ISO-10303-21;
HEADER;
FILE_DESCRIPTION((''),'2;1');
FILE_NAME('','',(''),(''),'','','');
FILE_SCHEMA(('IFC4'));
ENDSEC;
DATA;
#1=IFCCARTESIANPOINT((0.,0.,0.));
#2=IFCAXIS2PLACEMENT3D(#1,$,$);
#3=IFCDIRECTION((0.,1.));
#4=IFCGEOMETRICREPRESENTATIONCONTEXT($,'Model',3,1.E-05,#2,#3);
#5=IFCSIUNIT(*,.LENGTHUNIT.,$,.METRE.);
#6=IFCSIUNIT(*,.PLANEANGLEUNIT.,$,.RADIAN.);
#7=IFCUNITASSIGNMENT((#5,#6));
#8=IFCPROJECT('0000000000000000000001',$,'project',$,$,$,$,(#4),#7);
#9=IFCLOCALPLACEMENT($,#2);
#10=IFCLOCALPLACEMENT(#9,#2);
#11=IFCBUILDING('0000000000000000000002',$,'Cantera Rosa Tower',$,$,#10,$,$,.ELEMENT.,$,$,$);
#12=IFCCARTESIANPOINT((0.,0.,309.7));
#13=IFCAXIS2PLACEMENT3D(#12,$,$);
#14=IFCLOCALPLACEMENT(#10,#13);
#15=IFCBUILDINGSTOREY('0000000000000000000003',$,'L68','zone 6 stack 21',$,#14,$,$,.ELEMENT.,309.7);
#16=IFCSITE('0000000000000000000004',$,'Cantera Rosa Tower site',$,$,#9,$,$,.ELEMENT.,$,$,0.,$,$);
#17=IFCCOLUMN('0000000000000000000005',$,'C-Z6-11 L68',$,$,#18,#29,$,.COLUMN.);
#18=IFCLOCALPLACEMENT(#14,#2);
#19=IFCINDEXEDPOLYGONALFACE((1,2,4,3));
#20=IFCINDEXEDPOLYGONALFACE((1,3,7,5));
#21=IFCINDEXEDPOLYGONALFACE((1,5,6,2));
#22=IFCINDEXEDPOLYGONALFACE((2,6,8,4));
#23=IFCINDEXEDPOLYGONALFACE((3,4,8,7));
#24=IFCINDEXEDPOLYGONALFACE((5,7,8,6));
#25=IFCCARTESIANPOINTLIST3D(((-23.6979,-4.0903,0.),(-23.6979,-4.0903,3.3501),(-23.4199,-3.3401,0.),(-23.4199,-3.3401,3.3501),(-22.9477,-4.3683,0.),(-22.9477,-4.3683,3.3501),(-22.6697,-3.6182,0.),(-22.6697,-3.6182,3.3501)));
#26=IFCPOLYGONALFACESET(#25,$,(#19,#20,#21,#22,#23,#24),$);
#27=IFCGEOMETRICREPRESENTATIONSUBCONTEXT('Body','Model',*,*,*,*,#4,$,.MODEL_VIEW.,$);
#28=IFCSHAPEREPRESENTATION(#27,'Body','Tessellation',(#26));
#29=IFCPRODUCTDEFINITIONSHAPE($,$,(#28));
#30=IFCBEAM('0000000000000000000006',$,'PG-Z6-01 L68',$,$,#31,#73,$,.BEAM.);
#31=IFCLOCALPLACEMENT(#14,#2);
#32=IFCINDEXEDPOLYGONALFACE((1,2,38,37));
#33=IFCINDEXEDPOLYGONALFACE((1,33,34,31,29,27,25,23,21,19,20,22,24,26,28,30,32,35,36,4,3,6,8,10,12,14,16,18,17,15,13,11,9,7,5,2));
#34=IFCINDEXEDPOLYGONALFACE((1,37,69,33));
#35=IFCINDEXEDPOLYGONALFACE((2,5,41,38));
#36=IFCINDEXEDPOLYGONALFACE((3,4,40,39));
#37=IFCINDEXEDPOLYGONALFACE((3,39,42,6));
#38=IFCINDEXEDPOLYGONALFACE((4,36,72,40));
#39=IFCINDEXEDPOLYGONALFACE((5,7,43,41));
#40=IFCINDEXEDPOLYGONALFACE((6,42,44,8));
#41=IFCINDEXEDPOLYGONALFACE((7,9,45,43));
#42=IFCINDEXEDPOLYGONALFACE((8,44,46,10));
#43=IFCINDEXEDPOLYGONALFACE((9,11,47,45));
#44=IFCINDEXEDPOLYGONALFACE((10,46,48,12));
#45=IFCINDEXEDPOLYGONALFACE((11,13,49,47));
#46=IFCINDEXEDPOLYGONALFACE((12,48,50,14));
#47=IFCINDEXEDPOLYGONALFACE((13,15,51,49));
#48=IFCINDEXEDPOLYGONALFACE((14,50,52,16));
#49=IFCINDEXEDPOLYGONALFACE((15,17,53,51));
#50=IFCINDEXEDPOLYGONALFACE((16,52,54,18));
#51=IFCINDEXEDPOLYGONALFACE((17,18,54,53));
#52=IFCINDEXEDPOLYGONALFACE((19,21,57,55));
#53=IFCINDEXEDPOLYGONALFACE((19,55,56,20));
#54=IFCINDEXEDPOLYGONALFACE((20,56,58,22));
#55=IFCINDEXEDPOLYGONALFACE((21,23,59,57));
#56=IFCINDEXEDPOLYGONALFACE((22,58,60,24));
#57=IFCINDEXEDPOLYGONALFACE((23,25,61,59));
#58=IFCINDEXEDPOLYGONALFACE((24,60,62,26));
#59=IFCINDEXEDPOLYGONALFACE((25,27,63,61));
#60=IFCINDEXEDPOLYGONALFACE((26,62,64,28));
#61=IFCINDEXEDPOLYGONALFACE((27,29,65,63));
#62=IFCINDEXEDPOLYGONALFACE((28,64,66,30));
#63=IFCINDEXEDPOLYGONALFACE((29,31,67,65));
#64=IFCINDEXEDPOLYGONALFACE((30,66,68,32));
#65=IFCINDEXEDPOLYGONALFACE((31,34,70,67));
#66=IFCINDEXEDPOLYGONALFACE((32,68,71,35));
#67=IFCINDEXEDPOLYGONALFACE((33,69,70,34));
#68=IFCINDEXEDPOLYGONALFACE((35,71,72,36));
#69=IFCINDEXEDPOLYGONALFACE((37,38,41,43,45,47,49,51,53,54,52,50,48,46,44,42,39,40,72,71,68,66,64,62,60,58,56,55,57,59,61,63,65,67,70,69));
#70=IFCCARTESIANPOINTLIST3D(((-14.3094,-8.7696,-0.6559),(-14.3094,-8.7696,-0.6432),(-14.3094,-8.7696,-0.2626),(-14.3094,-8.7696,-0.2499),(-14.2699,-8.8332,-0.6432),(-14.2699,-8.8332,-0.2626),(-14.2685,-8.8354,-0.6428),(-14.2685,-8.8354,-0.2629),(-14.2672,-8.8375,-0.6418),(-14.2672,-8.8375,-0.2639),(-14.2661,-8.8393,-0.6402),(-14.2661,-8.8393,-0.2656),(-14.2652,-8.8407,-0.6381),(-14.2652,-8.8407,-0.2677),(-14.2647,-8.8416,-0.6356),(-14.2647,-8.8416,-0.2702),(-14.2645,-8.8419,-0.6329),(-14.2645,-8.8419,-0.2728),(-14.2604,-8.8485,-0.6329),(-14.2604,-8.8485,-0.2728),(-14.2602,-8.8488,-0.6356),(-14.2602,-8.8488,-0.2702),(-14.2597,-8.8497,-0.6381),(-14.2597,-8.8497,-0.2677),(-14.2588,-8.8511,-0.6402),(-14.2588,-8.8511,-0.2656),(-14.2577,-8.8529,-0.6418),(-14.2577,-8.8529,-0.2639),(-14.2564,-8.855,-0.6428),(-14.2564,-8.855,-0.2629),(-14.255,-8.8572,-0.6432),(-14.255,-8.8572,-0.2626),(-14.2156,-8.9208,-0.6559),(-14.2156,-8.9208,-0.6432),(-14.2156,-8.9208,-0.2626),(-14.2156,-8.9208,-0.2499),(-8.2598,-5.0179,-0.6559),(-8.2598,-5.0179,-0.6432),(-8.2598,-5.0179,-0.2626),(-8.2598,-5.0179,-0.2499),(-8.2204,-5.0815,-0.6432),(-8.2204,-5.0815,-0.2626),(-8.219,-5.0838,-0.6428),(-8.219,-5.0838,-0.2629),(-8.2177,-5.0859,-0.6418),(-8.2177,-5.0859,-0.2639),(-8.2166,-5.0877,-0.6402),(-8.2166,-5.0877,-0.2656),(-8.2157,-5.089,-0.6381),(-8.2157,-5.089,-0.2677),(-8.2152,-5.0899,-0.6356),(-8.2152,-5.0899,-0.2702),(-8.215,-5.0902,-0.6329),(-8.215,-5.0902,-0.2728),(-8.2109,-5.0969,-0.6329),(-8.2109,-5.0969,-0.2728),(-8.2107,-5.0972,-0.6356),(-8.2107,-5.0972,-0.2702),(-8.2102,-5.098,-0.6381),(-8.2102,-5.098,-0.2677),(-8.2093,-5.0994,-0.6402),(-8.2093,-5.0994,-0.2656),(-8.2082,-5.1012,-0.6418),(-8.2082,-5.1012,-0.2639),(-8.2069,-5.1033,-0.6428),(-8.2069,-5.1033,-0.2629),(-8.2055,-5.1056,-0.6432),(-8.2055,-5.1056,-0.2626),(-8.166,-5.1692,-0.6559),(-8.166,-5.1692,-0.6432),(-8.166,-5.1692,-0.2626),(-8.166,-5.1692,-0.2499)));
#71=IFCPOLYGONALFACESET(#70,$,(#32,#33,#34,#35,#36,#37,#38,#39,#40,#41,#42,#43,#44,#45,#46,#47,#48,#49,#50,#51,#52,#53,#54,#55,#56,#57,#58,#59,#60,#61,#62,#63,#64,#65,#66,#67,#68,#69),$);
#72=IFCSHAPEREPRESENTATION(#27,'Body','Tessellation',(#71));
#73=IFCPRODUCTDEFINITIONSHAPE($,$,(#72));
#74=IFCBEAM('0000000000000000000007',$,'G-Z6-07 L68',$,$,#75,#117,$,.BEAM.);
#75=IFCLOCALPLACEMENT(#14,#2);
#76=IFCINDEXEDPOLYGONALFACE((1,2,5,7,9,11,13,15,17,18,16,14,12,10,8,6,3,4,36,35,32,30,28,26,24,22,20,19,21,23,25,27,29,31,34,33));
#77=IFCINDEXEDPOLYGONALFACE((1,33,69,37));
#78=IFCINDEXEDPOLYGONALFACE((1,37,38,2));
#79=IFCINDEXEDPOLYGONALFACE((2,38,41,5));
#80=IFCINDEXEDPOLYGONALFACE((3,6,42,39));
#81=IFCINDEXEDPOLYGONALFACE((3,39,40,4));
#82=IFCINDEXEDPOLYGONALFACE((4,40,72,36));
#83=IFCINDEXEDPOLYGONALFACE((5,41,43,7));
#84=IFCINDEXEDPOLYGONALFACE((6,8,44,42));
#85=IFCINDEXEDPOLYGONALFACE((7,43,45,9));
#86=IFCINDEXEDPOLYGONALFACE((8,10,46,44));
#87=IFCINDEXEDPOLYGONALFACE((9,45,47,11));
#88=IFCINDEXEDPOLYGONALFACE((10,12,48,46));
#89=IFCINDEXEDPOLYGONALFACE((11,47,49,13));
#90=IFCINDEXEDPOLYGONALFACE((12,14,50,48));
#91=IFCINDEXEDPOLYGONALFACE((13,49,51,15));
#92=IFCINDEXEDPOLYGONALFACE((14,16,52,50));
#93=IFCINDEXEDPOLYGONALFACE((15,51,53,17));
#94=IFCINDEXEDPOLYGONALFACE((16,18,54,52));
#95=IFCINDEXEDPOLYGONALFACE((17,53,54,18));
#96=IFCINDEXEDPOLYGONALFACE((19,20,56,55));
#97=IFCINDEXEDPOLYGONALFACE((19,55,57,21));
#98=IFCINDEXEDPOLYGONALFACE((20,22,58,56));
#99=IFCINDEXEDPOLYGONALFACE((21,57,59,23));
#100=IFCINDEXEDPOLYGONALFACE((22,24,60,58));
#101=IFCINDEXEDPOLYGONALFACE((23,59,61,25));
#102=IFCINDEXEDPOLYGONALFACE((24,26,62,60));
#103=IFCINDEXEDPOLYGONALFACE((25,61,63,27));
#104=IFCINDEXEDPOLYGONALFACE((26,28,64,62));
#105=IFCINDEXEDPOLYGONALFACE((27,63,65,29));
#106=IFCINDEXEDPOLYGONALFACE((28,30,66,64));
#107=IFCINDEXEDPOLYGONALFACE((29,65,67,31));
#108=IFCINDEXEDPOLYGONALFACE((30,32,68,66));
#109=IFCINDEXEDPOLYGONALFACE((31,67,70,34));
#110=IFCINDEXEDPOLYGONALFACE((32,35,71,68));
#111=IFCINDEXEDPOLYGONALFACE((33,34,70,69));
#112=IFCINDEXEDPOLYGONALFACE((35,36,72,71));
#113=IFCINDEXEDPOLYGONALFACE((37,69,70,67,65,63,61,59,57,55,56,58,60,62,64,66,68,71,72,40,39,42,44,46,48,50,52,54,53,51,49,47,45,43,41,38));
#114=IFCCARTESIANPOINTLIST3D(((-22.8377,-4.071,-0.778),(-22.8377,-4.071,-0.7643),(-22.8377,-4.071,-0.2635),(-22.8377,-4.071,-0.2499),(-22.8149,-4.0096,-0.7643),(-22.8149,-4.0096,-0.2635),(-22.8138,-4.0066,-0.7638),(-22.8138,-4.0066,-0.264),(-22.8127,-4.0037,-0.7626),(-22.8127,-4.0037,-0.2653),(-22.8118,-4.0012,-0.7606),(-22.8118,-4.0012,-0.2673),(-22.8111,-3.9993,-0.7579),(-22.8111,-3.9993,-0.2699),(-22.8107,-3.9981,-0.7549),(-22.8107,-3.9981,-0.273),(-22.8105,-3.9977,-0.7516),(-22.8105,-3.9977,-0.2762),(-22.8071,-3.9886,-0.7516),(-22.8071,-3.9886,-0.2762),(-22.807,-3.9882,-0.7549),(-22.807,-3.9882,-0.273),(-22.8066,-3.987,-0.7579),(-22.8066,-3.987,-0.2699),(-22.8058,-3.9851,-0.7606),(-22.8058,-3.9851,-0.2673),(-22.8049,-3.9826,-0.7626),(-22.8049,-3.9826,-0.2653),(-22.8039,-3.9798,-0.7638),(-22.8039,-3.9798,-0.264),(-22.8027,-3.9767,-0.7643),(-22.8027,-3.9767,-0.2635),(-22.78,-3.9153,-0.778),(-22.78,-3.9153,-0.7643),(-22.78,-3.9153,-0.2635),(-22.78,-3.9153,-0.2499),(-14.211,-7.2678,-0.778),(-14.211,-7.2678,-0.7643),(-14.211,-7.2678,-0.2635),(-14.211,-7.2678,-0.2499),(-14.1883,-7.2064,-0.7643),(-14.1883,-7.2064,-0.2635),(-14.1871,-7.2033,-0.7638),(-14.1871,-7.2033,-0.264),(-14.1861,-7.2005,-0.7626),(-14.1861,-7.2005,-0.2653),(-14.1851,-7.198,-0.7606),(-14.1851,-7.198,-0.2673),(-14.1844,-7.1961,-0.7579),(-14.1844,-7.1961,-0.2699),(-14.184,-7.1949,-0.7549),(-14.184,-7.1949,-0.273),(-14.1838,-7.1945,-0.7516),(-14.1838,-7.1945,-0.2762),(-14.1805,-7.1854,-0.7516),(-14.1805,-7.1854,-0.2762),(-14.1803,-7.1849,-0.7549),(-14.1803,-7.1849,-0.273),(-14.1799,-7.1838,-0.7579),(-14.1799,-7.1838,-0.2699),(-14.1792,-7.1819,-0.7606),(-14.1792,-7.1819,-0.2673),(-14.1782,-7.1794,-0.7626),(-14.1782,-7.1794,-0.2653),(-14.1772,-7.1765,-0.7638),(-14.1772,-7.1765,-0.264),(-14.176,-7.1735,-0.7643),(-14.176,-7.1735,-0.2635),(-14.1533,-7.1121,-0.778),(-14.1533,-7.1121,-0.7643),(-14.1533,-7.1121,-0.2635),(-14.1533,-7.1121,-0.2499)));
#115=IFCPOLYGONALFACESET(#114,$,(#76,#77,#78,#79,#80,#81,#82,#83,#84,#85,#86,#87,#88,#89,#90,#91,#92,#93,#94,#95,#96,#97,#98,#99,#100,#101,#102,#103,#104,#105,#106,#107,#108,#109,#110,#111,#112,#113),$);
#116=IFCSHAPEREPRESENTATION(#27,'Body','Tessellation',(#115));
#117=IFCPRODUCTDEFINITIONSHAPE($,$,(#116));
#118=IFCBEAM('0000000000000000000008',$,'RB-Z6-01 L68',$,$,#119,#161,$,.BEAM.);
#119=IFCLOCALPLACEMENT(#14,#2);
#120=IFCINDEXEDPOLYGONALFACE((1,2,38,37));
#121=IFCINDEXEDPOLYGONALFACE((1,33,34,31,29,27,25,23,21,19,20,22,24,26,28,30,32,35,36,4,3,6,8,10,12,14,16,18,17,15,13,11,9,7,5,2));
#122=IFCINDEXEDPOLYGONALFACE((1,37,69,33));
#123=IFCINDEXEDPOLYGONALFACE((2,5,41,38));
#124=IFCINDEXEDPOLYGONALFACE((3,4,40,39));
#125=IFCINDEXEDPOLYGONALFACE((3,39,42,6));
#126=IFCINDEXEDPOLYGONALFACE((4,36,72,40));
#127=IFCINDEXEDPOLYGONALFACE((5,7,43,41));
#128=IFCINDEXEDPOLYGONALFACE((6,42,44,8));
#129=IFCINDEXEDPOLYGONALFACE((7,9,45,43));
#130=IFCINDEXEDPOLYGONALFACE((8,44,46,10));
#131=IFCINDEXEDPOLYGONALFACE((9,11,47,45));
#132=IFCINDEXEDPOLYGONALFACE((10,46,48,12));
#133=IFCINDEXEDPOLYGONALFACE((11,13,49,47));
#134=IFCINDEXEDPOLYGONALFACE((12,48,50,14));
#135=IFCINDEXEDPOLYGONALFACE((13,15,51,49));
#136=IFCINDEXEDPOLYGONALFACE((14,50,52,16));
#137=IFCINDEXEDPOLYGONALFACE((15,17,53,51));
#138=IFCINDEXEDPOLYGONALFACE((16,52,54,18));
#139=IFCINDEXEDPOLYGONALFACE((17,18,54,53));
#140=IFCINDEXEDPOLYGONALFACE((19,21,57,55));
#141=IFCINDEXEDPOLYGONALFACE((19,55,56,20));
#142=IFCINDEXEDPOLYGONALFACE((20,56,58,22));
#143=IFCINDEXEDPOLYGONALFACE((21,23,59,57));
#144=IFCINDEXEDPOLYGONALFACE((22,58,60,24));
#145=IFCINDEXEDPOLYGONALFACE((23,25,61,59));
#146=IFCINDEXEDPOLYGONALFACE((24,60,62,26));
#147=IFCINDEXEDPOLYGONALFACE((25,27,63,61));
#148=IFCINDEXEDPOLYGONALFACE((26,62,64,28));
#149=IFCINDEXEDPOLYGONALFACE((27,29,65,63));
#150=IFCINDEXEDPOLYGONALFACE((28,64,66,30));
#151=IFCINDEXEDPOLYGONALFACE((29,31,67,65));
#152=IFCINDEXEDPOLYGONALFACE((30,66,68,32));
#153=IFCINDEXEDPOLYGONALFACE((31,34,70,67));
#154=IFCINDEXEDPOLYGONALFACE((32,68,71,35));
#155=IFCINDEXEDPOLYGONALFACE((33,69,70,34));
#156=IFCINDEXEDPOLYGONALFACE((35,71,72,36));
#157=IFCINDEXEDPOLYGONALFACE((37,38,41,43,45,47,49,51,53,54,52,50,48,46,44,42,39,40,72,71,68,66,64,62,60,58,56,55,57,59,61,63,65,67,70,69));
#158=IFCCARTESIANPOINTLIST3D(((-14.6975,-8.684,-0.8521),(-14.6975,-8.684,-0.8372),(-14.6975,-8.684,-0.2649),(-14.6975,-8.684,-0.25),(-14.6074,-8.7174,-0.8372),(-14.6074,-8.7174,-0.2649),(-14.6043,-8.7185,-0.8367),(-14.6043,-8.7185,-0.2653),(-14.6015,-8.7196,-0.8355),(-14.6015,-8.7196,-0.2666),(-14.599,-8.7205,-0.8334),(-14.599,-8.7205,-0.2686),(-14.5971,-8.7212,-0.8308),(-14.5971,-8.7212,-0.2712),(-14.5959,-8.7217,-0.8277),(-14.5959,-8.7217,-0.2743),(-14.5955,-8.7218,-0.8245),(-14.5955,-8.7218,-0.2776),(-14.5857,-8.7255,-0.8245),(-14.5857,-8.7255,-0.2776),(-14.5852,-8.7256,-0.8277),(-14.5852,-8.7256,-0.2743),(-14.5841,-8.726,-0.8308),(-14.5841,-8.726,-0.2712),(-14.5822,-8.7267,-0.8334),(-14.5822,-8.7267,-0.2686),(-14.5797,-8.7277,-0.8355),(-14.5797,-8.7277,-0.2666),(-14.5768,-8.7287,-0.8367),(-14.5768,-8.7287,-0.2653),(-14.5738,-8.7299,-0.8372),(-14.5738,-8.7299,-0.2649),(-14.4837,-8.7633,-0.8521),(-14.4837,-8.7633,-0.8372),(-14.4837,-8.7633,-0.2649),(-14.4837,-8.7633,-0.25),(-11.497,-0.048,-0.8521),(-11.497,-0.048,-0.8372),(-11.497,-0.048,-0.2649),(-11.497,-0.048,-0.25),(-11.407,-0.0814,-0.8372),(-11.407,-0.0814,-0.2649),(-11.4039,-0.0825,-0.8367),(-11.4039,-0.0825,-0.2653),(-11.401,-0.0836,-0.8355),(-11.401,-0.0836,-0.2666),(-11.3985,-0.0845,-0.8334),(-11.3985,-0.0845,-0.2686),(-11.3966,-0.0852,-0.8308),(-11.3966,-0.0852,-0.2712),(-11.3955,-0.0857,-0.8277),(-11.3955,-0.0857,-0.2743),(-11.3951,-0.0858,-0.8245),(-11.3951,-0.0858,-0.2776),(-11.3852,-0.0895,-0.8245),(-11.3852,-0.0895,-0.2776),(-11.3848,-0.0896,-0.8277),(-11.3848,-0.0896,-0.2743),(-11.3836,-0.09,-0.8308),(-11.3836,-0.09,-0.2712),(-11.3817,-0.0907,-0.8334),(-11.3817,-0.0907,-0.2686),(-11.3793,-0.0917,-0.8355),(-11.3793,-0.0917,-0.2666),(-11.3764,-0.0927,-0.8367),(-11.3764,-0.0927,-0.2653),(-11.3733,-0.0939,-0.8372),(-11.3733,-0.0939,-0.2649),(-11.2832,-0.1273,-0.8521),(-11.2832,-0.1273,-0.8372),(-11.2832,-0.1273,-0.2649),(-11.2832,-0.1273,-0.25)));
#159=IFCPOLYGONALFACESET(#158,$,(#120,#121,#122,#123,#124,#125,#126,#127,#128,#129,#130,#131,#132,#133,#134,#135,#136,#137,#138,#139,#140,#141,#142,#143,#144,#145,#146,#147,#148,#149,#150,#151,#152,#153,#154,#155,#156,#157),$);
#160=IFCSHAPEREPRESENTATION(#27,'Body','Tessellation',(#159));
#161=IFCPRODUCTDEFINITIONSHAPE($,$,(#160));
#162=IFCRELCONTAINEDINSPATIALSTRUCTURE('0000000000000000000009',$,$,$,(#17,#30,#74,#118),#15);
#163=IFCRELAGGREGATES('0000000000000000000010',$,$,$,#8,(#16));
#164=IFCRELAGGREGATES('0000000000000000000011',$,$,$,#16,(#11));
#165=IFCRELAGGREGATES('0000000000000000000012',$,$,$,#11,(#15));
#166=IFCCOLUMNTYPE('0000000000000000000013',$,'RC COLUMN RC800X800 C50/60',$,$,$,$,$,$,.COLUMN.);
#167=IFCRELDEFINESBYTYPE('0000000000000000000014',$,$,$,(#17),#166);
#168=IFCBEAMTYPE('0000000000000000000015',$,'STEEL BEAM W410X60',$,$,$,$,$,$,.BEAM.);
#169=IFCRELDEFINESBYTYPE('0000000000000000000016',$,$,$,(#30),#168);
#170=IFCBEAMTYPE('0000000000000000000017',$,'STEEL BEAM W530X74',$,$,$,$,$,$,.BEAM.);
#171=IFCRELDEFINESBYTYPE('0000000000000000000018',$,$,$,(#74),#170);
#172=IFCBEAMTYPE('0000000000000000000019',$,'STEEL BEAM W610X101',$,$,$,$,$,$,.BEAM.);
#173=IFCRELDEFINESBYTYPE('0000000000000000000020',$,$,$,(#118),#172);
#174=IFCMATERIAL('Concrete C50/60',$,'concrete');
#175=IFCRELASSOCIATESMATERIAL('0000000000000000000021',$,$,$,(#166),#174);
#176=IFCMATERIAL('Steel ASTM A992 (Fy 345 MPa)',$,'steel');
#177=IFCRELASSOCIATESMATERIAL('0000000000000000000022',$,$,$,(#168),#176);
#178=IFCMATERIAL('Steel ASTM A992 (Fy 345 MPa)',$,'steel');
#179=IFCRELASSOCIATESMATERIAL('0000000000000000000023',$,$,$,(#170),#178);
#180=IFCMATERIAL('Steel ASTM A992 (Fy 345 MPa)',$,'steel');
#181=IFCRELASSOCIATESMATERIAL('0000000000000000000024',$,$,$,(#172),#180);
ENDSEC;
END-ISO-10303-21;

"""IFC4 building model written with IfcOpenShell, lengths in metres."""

from ifc_helpers import new_model, si_unit, direction, frame, origin, origin_2d, place, context, subcontext, project, spatial, rectangle, i_section, extrude, material, material_profile, profile_set, type_object, element, save


model = new_model("IFC4")

# Units and contexts
model_context = context("Model", 3, precision=1e-05, world=origin(), true_north=direction((0.0, 1.0)))
body_context = subcontext(model_context, "Body", "Model", "MODEL_VIEW")
ifc_project = project(units=[si_unit("LENGTHUNIT", "METRE"), si_unit("PLANEANGLEUNIT", "RADIAN")], contexts=[model_context])

# Site, building, storey
site_placement = place(None, origin())
site = spatial("IfcSite", under=ifc_project, at=site_placement, Name="Cantera Rosa Tower site", CompositionType="ELEMENT", RefElevation=0.0)
building_placement = place(site_placement, origin())
building = spatial("IfcBuilding", under=site, at=building_placement, Name="Cantera Rosa Tower", CompositionType="ELEMENT")
storey_placement = place(building_placement, frame((0.0, 0.0, 309.7)))
storey = spatial("IfcBuildingStorey", under=building, at=storey_placement, Name="L68", Description="zone 6 stack 21", CompositionType="ELEMENT", Elevation=309.7)

# Column
ifc_material_1 = material(Name="Concrete C50/60", Category="concrete")
ifc_material_profile_1 = material_profile(ifc_material_1, rectangle(XDim=0.8, YDim=0.8, at=origin_2d()), Name="RC COLUMN RC800X800 C50/60")
ifc_profile_set_1 = profile_set([ifc_material_profile_1], Name="Concrete C50/60")
column_type = type_object("IfcColumnType", Name="RC COLUMN RC800X800 C50/60", PredefinedType="COLUMN", material=ifc_profile_set_1)
column_placement = place(storey_placement, frame((-23.1838, -3.8542, 0.0), z_axis=(0.0, 0.0, 1.0), x_axis=(0.347481, 0.937687, 0.0)))
element("IfcColumn", 1, at=column_placement, inside=storey, type_object=column_type, Name="C-Z6-11 L68", PredefinedType="COLUMN", context=body_context, shape_type="SweptSolid", body=[
    extrude(rectangle(XDim=0.8, YDim=0.8, at=origin_2d()), origin(), (0.0, 0.0, 1.0), 3.3501),
])

# Beams
ifc_material_2 = material(Name="Steel ASTM A992 (Fy 345 MPa)", Category="steel")
ifc_material_profile_2 = material_profile(ifc_material_2, i_section(OverallWidth=0.178, OverallDepth=0.406, WebThickness=0.0078, FlangeThickness=0.0127, FilletRadius=0.0103, at=origin_2d()), Name="W410X60")
ifc_profile_set_2 = profile_set([ifc_material_profile_2], Name="Steel ASTM A992 (Fy 345 MPa)")
beam_type_1 = type_object("IfcBeamType", Name="STEEL BEAM W410X60", PredefinedType="BEAM", material=ifc_profile_set_2)
beam_1_placement = place(storey_placement, frame((-14.2625, -8.8452, -0.4529), z_axis=(0.849841, 0.527039, 0.0), x_axis=(-0.527039, 0.849841, 0.0)))
element("IfcBeam", 2, at=beam_1_placement, inside=storey, type_object=beam_type_1, Name="PG-Z6-01 L68", PredefinedType="BEAM", context=body_context, shape_type="SweptSolid", body=[
    extrude(i_section(OverallWidth=0.178, OverallDepth=0.406, WebThickness=0.0078, FlangeThickness=0.0127, FilletRadius=0.0103, at=origin_2d()), origin(), (0.0, 0.0, 1.0), 7.1184),
])
ifc_material_3 = material(Name="Steel ASTM A992 (Fy 345 MPa)", Category="steel")
ifc_material_profile_3 = material_profile(ifc_material_3, i_section(OverallWidth=0.166, OverallDepth=0.5281, WebThickness=0.0098, FlangeThickness=0.0137, FilletRadius=0.0127, at=origin_2d()), Name="W530X74")
ifc_profile_set_3 = profile_set([ifc_material_profile_3], Name="Steel ASTM A992 (Fy 345 MPa)")
beam_type_2 = type_object("IfcBeamType", Name="STEEL BEAM W530X74", PredefinedType="BEAM", material=ifc_profile_set_3)
beam_2_placement = place(storey_placement, frame((-22.8088, -3.9932, -0.5139), z_axis=(0.937689, -0.347477, 0.0), x_axis=(0.347477, 0.937689, 0.0)))
element("IfcBeam", 3, at=beam_2_placement, inside=storey, type_object=beam_type_2, Name="G-Z6-07 L68", PredefinedType="BEAM", context=body_context, shape_type="SweptSolid", body=[
    extrude(i_section(OverallWidth=0.166, OverallDepth=0.5281, WebThickness=0.0098, FlangeThickness=0.0137, FilletRadius=0.0127, at=origin_2d()), origin(), (0.0, 0.0, 1.0), 9.2),
])
ifc_material_4 = material(Name="Steel ASTM A992 (Fy 345 MPa)", Category="steel")
ifc_material_profile_4 = material_profile(ifc_material_4, i_section(OverallWidth=0.228, OverallDepth=0.6021, WebThickness=0.0105, FlangeThickness=0.0149, FilletRadius=0.0127, at=origin_2d()), Name="W610X101")
ifc_profile_set_4 = profile_set([ifc_material_profile_4], Name="Steel ASTM A992 (Fy 345 MPa)")
beam_type_3 = type_object("IfcBeamType", Name="STEEL BEAM W610X101", PredefinedType="BEAM", material=ifc_profile_set_4)
beam_3_placement = place(storey_placement, frame((-14.5906, -8.7236, -0.551), z_axis=(0.347498, 0.937681, 0.0), x_axis=(-0.937681, 0.347498, 0.0)))
element("IfcBeam", 4, at=beam_3_placement, inside=storey, type_object=beam_type_3, Name="RB-Z6-01 L68", PredefinedType="BEAM", context=body_context, shape_type="SweptSolid", body=[
    extrude(i_section(OverallWidth=0.228, OverallDepth=0.6021, WebThickness=0.0105, FlangeThickness=0.0149, FilletRadius=0.0127, at=origin_2d()), origin(), (0.0, 0.0, 1.0), 9.21),
])

save(model, "model.ifc")
